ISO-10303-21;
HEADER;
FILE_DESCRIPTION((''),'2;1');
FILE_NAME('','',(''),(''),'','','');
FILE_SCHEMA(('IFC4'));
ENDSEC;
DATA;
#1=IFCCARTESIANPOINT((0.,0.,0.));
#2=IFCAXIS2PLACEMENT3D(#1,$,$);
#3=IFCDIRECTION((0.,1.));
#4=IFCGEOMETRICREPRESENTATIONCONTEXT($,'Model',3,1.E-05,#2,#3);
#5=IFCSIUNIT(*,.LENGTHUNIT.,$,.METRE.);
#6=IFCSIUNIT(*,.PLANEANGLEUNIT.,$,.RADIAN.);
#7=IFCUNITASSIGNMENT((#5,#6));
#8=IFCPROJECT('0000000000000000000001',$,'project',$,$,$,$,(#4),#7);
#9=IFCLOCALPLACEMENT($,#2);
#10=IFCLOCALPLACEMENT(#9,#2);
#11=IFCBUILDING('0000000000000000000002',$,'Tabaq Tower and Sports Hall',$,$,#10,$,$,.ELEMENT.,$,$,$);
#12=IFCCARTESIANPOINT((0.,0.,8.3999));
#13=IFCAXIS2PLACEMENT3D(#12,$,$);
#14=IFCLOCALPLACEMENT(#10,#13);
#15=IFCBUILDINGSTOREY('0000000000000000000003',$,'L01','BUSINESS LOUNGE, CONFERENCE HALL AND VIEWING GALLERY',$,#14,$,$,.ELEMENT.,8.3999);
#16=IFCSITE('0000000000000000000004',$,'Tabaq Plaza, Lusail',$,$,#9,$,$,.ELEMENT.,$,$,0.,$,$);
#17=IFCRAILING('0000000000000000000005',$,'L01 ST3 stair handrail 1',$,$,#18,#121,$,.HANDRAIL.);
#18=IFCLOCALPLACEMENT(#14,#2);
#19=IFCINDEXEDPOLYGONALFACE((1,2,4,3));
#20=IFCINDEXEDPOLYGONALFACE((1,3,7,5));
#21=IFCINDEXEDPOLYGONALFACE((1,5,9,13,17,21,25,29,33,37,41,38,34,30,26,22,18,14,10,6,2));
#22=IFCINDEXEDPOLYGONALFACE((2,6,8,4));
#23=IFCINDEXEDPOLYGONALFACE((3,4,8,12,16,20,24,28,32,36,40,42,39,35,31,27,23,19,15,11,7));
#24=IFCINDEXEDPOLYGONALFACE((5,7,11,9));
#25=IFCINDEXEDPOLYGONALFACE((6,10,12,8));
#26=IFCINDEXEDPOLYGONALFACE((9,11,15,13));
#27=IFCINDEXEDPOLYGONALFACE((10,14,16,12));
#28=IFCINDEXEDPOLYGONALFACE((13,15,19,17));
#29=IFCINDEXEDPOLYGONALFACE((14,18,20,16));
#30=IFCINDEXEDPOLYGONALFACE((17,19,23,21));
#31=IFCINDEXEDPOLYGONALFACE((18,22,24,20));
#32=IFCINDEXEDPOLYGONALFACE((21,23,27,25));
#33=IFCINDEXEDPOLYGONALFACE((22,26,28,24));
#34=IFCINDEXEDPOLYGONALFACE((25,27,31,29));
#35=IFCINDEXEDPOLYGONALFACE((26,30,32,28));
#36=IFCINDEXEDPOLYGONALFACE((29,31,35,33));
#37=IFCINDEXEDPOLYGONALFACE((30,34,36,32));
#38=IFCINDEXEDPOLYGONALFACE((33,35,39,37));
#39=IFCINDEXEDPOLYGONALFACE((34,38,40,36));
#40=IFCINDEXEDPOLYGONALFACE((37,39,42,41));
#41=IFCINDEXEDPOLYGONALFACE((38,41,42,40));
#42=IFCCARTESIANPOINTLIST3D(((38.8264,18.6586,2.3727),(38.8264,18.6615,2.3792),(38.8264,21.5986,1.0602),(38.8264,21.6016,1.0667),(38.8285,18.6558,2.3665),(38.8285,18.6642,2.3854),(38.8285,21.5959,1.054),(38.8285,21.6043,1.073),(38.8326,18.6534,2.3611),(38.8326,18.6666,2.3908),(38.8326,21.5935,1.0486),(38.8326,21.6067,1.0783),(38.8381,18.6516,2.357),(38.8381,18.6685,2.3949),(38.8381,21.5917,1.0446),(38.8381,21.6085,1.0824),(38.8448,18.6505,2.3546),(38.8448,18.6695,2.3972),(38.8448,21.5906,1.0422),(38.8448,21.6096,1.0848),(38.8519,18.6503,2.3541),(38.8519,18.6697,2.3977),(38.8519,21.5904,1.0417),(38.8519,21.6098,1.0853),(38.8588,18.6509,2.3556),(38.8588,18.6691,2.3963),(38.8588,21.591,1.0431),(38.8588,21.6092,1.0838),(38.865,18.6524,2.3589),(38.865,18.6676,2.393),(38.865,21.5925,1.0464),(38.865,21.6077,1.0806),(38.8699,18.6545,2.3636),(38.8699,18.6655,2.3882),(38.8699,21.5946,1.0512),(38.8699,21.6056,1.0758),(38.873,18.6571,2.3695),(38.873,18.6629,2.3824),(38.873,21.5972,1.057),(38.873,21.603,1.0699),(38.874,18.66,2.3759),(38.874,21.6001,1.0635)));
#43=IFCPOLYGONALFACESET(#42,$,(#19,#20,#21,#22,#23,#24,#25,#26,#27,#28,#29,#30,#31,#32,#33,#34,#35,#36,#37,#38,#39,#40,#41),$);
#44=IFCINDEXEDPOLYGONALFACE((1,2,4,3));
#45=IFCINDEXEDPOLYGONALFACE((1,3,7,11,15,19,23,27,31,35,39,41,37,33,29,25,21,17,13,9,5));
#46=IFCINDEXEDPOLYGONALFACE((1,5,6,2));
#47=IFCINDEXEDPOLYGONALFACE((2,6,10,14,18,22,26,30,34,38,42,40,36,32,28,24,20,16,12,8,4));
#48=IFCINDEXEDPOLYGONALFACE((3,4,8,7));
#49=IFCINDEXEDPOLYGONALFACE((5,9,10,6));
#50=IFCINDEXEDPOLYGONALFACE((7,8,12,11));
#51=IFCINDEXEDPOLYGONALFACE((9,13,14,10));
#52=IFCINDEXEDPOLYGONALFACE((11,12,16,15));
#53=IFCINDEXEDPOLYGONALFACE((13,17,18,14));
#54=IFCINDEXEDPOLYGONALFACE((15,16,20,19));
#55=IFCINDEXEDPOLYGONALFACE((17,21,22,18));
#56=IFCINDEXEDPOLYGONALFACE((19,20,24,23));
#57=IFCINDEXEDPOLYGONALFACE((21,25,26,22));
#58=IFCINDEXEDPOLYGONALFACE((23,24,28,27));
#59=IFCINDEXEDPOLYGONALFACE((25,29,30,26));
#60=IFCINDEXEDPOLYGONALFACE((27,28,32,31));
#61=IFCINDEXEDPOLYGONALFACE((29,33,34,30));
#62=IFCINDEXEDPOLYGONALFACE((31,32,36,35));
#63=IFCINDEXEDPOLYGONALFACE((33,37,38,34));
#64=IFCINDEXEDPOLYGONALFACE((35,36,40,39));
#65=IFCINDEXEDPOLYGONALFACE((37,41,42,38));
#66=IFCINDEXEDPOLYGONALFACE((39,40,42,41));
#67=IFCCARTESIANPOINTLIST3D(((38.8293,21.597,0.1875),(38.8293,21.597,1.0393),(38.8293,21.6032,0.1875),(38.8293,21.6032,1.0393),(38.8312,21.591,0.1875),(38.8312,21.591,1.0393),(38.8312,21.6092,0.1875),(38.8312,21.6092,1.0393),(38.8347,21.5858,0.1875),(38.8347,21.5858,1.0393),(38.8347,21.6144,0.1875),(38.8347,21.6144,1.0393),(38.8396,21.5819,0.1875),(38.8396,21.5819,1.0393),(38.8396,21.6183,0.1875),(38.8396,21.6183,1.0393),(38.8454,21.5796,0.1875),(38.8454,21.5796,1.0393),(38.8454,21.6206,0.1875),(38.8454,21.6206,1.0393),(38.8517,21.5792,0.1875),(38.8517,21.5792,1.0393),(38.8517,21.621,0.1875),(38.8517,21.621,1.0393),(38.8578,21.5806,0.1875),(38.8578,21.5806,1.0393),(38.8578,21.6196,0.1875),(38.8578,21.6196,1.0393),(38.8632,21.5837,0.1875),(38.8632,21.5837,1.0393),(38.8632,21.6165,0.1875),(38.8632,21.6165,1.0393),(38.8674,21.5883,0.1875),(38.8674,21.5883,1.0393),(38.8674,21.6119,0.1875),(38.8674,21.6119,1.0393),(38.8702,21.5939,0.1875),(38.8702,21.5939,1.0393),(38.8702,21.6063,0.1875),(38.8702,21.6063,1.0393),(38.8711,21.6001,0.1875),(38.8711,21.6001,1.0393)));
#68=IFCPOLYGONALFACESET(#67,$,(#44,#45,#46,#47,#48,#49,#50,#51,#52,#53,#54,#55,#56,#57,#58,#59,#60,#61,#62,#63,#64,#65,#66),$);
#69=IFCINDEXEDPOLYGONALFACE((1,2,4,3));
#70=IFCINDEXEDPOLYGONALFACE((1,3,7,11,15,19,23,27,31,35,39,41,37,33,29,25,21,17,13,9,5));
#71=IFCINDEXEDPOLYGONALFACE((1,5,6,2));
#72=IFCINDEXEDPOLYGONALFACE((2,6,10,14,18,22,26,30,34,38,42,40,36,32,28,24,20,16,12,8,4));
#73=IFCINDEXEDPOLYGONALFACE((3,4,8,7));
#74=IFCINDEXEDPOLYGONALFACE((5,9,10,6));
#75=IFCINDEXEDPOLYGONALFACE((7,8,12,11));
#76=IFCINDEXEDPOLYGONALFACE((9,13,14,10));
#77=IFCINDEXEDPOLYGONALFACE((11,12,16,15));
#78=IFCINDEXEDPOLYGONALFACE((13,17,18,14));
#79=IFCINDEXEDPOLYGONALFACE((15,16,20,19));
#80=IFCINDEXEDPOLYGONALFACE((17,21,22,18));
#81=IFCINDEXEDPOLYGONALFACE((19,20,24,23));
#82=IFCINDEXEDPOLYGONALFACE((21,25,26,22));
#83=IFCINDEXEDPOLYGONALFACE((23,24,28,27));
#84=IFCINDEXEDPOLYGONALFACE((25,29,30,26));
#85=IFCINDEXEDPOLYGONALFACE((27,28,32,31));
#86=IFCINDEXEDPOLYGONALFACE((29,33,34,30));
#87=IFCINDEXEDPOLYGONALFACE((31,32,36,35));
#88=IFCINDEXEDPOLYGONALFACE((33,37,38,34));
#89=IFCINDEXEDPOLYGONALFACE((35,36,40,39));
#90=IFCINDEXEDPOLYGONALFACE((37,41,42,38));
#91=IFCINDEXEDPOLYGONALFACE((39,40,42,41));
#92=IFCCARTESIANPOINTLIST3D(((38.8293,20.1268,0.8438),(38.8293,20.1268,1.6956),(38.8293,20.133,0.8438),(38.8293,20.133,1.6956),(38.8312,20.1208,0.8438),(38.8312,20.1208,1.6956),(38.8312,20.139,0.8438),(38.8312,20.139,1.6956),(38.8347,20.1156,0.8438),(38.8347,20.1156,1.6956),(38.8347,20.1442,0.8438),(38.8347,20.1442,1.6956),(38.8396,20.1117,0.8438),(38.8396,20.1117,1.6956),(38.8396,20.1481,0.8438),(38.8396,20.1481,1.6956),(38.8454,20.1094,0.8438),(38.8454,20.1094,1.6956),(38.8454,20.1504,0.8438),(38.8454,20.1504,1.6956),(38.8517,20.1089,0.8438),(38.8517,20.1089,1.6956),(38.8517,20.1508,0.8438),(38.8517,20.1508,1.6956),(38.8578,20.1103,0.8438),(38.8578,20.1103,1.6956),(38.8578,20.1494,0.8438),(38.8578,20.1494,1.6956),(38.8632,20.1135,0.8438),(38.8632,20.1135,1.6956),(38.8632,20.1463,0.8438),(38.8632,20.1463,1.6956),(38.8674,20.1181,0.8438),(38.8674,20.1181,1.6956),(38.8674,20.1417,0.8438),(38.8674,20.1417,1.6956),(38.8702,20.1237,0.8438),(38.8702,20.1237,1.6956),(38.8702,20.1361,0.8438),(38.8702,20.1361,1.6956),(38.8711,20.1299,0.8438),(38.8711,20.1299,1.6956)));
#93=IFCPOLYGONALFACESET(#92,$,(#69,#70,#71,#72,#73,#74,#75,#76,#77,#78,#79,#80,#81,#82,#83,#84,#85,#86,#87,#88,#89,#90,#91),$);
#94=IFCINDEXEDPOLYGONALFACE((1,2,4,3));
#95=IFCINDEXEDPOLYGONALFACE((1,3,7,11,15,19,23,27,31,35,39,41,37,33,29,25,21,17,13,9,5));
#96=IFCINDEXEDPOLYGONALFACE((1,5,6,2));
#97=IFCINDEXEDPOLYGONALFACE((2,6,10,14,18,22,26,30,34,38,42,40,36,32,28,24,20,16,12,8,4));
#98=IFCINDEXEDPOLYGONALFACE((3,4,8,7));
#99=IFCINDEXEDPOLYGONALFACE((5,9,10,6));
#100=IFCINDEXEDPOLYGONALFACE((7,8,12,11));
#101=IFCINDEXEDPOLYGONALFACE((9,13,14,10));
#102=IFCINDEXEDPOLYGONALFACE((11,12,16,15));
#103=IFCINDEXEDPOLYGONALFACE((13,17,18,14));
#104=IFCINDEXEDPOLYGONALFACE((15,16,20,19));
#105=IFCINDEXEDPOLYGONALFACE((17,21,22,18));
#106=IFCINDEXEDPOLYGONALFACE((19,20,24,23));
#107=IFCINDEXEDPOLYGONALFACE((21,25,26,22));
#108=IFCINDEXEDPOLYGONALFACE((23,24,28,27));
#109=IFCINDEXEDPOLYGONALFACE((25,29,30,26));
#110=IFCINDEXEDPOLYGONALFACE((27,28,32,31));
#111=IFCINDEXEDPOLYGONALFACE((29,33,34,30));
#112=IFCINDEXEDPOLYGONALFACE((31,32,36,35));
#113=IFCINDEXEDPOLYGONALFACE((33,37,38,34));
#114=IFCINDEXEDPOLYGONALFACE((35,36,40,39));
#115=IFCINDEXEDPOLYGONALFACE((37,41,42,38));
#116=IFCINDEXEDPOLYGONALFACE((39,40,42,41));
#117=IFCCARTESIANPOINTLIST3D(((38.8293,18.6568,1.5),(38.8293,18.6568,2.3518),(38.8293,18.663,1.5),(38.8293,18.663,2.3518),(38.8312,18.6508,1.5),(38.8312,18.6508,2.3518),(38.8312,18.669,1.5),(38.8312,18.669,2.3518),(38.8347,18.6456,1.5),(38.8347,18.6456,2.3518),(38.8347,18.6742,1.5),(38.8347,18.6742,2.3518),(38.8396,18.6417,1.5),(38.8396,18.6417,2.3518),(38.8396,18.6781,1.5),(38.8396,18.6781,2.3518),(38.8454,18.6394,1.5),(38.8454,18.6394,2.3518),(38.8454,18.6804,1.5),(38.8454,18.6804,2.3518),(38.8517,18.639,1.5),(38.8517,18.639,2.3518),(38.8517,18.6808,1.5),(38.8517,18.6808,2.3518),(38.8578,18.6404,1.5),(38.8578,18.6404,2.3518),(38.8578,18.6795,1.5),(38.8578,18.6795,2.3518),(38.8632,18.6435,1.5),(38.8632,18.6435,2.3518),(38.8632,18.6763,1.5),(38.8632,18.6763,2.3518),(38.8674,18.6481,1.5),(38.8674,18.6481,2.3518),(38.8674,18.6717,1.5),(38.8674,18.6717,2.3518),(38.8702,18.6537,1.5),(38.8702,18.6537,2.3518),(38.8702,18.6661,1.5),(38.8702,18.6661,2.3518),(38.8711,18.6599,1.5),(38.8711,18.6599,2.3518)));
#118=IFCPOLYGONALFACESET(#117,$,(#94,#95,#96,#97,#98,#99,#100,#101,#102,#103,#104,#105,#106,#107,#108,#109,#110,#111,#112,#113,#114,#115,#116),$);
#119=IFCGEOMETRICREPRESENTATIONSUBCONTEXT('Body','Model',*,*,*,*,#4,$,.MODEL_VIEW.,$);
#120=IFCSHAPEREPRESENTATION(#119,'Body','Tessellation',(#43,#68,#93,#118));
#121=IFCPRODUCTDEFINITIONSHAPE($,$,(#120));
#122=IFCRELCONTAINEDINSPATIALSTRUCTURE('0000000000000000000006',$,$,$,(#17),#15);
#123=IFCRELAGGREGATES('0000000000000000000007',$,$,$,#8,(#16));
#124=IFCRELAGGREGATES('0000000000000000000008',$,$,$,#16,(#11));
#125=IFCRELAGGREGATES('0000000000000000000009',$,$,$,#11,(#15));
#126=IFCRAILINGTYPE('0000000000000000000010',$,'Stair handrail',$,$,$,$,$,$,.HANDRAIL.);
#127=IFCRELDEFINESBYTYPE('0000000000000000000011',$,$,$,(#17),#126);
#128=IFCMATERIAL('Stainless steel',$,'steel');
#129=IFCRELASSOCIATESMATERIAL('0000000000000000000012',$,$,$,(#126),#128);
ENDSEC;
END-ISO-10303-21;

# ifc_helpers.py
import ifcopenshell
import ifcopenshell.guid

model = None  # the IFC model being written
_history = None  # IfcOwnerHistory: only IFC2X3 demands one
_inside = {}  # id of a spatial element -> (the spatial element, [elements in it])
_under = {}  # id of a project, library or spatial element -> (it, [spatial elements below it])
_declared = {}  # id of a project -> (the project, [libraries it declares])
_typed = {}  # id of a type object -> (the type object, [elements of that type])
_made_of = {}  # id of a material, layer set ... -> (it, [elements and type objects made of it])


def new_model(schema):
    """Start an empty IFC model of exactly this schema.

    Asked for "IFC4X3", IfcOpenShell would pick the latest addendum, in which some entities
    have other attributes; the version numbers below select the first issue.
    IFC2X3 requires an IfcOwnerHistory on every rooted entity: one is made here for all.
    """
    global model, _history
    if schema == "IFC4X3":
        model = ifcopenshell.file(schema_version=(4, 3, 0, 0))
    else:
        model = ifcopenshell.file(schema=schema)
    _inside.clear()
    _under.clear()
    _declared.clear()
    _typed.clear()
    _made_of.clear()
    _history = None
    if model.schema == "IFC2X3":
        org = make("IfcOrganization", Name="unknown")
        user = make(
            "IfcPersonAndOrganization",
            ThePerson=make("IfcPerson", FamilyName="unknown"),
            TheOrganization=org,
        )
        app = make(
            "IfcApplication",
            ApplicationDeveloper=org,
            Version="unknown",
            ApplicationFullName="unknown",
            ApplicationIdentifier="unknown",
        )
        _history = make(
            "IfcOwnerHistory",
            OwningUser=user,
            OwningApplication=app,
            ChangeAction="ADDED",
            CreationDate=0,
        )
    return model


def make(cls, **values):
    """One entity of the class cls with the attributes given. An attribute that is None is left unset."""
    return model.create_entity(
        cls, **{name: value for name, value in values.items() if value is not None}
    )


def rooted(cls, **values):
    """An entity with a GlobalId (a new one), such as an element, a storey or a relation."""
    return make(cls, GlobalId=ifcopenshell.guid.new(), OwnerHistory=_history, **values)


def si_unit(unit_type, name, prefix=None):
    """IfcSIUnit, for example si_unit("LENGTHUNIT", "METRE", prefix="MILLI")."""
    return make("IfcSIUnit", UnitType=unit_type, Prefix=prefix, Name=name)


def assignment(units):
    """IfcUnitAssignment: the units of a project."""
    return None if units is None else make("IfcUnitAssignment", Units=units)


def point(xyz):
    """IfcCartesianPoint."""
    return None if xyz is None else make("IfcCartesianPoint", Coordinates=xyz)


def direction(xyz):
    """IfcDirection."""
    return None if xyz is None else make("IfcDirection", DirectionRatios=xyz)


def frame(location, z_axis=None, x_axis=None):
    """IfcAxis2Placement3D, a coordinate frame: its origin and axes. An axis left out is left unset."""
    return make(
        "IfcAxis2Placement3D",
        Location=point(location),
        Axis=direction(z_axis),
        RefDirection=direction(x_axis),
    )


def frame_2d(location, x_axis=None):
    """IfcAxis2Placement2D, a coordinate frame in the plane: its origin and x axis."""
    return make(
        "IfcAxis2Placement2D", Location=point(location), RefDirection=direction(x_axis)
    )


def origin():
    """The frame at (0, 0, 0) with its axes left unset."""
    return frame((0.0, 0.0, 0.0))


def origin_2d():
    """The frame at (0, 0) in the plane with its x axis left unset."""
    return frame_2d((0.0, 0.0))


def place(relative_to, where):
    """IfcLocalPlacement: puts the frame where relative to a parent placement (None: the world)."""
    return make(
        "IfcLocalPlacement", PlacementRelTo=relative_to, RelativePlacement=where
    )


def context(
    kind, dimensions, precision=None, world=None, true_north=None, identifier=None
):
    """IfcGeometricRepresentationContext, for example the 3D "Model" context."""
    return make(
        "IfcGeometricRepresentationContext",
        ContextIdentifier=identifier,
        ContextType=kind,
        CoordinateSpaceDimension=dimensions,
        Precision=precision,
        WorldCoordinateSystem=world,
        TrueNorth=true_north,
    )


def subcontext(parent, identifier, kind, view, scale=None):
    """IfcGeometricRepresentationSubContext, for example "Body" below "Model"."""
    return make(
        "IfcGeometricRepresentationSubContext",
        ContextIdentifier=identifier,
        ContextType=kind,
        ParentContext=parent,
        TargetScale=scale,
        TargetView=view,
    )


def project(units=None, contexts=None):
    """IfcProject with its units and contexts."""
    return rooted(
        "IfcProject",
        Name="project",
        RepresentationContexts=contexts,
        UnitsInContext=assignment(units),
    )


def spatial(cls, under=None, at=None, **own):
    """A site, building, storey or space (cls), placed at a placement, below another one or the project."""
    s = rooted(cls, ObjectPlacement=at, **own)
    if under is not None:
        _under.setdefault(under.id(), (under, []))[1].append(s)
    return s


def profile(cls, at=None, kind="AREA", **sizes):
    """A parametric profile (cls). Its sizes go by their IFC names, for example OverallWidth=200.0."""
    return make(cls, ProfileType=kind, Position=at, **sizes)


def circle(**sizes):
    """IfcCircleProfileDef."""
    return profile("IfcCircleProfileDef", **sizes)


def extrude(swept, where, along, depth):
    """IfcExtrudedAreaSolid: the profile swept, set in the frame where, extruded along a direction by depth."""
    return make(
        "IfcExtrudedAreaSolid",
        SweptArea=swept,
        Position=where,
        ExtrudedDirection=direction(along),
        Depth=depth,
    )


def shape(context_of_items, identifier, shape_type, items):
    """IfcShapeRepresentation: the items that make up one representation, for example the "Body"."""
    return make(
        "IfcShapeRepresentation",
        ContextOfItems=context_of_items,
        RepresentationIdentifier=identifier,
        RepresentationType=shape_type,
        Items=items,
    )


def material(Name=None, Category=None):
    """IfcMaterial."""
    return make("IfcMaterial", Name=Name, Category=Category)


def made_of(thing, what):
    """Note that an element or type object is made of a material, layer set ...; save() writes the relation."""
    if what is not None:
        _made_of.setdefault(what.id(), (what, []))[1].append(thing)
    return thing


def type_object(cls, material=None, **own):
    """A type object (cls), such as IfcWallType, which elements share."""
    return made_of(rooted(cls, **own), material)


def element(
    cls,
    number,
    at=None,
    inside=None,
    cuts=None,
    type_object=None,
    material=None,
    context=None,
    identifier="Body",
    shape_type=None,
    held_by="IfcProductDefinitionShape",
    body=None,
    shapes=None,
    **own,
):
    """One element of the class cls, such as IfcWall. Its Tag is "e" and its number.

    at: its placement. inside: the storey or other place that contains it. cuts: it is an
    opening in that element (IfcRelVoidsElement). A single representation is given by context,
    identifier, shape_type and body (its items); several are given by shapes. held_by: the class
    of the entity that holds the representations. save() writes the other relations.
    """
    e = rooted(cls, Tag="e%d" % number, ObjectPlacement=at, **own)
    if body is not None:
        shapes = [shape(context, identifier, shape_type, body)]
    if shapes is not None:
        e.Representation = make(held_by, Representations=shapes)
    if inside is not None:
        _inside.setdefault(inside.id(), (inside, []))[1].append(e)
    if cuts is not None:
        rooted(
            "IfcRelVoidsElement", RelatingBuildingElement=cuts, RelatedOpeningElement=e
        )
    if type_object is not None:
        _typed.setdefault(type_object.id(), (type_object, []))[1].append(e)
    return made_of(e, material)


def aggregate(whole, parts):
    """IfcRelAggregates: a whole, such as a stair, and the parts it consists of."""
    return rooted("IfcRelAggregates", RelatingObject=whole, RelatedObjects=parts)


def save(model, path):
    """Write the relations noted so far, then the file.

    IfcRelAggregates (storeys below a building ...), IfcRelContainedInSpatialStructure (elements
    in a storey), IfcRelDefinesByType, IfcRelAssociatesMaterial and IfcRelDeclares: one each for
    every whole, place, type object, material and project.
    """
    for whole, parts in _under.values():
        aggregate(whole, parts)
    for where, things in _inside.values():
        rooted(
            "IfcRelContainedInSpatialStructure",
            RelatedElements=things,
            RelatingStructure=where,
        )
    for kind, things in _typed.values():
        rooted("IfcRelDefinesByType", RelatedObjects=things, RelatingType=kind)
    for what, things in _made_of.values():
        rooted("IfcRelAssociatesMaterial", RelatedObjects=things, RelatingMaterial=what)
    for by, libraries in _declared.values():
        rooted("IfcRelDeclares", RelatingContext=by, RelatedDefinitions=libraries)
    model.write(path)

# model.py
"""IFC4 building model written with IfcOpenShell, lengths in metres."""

from ifc_helpers import new_model, si_unit, direction, frame, origin, origin_2d, place, context, subcontext, project, spatial, circle, extrude, material, type_object, element, save


model = new_model("IFC4")

# Units and contexts
model_context = context("Model", 3, precision=1e-05, world=origin(), true_north=direction((0.0, 1.0)))
body_context = subcontext(model_context, "Body", "Model", "MODEL_VIEW")
ifc_project = project(units=[si_unit("LENGTHUNIT", "METRE"), si_unit("PLANEANGLEUNIT", "RADIAN")], contexts=[model_context])

# Site, building, storey
site_placement = place(None, origin())
site = spatial("IfcSite", under=ifc_project, at=site_placement, Name="Tabaq Plaza, Lusail", CompositionType="ELEMENT", RefElevation=0.0)
building_placement = place(site_placement, origin())
building = spatial("IfcBuilding", under=site, at=building_placement, Name="Tabaq Tower and Sports Hall", CompositionType="ELEMENT")
storey_placement = place(building_placement, frame((0.0, 0.0, 8.3999)))
storey = spatial("IfcBuildingStorey", under=building, at=storey_placement, Name="L01", Description="BUSINESS LOUNGE, CONFERENCE HALL AND VIEWING GALLERY", CompositionType="ELEMENT", Elevation=8.3999)

# Railing
ifc_material_1 = material(Name="Stainless steel", Category="steel")
railing_type_1 = type_object("IfcRailingType", Name="Stair handrail", PredefinedType="HANDRAIL", material=ifc_material_1)
railing_1_placement = place(storey_placement, frame((38.8501, 21.6001, 0.1875)))
element("IfcRailing", 1, at=railing_1_placement, inside=storey, type_object=railing_type_1, Name="L01 ST3 stair handrail 1", PredefinedType="HANDRAIL", context=body_context, shape_type="SweptSolid", body=[
    extrude(circle(Radius=0.0239, at=origin_2d()), frame((0.0, 0.0, 0.876), z_axis=(0.0, -0.913147, 0.407629), x_axis=(1.0, 0.0, 0.0)), (0.0, 0.0, 1.0), 3.2197),
    extrude(circle(Radius=0.021, at=origin_2d()), origin(), (0.0, 0.0, 1.0), 0.8518),
    extrude(circle(Radius=0.021, at=origin_2d()), frame((0.0, -1.4702, 0.6562)), (0.0, 0.0, 1.0), 0.8518),
    extrude(circle(Radius=0.021, at=origin_2d()), frame((0.0, -2.9402, 1.3125)), (0.0, 0.0, 1.0), 0.8518),
])

save(model, "model.ifc")
